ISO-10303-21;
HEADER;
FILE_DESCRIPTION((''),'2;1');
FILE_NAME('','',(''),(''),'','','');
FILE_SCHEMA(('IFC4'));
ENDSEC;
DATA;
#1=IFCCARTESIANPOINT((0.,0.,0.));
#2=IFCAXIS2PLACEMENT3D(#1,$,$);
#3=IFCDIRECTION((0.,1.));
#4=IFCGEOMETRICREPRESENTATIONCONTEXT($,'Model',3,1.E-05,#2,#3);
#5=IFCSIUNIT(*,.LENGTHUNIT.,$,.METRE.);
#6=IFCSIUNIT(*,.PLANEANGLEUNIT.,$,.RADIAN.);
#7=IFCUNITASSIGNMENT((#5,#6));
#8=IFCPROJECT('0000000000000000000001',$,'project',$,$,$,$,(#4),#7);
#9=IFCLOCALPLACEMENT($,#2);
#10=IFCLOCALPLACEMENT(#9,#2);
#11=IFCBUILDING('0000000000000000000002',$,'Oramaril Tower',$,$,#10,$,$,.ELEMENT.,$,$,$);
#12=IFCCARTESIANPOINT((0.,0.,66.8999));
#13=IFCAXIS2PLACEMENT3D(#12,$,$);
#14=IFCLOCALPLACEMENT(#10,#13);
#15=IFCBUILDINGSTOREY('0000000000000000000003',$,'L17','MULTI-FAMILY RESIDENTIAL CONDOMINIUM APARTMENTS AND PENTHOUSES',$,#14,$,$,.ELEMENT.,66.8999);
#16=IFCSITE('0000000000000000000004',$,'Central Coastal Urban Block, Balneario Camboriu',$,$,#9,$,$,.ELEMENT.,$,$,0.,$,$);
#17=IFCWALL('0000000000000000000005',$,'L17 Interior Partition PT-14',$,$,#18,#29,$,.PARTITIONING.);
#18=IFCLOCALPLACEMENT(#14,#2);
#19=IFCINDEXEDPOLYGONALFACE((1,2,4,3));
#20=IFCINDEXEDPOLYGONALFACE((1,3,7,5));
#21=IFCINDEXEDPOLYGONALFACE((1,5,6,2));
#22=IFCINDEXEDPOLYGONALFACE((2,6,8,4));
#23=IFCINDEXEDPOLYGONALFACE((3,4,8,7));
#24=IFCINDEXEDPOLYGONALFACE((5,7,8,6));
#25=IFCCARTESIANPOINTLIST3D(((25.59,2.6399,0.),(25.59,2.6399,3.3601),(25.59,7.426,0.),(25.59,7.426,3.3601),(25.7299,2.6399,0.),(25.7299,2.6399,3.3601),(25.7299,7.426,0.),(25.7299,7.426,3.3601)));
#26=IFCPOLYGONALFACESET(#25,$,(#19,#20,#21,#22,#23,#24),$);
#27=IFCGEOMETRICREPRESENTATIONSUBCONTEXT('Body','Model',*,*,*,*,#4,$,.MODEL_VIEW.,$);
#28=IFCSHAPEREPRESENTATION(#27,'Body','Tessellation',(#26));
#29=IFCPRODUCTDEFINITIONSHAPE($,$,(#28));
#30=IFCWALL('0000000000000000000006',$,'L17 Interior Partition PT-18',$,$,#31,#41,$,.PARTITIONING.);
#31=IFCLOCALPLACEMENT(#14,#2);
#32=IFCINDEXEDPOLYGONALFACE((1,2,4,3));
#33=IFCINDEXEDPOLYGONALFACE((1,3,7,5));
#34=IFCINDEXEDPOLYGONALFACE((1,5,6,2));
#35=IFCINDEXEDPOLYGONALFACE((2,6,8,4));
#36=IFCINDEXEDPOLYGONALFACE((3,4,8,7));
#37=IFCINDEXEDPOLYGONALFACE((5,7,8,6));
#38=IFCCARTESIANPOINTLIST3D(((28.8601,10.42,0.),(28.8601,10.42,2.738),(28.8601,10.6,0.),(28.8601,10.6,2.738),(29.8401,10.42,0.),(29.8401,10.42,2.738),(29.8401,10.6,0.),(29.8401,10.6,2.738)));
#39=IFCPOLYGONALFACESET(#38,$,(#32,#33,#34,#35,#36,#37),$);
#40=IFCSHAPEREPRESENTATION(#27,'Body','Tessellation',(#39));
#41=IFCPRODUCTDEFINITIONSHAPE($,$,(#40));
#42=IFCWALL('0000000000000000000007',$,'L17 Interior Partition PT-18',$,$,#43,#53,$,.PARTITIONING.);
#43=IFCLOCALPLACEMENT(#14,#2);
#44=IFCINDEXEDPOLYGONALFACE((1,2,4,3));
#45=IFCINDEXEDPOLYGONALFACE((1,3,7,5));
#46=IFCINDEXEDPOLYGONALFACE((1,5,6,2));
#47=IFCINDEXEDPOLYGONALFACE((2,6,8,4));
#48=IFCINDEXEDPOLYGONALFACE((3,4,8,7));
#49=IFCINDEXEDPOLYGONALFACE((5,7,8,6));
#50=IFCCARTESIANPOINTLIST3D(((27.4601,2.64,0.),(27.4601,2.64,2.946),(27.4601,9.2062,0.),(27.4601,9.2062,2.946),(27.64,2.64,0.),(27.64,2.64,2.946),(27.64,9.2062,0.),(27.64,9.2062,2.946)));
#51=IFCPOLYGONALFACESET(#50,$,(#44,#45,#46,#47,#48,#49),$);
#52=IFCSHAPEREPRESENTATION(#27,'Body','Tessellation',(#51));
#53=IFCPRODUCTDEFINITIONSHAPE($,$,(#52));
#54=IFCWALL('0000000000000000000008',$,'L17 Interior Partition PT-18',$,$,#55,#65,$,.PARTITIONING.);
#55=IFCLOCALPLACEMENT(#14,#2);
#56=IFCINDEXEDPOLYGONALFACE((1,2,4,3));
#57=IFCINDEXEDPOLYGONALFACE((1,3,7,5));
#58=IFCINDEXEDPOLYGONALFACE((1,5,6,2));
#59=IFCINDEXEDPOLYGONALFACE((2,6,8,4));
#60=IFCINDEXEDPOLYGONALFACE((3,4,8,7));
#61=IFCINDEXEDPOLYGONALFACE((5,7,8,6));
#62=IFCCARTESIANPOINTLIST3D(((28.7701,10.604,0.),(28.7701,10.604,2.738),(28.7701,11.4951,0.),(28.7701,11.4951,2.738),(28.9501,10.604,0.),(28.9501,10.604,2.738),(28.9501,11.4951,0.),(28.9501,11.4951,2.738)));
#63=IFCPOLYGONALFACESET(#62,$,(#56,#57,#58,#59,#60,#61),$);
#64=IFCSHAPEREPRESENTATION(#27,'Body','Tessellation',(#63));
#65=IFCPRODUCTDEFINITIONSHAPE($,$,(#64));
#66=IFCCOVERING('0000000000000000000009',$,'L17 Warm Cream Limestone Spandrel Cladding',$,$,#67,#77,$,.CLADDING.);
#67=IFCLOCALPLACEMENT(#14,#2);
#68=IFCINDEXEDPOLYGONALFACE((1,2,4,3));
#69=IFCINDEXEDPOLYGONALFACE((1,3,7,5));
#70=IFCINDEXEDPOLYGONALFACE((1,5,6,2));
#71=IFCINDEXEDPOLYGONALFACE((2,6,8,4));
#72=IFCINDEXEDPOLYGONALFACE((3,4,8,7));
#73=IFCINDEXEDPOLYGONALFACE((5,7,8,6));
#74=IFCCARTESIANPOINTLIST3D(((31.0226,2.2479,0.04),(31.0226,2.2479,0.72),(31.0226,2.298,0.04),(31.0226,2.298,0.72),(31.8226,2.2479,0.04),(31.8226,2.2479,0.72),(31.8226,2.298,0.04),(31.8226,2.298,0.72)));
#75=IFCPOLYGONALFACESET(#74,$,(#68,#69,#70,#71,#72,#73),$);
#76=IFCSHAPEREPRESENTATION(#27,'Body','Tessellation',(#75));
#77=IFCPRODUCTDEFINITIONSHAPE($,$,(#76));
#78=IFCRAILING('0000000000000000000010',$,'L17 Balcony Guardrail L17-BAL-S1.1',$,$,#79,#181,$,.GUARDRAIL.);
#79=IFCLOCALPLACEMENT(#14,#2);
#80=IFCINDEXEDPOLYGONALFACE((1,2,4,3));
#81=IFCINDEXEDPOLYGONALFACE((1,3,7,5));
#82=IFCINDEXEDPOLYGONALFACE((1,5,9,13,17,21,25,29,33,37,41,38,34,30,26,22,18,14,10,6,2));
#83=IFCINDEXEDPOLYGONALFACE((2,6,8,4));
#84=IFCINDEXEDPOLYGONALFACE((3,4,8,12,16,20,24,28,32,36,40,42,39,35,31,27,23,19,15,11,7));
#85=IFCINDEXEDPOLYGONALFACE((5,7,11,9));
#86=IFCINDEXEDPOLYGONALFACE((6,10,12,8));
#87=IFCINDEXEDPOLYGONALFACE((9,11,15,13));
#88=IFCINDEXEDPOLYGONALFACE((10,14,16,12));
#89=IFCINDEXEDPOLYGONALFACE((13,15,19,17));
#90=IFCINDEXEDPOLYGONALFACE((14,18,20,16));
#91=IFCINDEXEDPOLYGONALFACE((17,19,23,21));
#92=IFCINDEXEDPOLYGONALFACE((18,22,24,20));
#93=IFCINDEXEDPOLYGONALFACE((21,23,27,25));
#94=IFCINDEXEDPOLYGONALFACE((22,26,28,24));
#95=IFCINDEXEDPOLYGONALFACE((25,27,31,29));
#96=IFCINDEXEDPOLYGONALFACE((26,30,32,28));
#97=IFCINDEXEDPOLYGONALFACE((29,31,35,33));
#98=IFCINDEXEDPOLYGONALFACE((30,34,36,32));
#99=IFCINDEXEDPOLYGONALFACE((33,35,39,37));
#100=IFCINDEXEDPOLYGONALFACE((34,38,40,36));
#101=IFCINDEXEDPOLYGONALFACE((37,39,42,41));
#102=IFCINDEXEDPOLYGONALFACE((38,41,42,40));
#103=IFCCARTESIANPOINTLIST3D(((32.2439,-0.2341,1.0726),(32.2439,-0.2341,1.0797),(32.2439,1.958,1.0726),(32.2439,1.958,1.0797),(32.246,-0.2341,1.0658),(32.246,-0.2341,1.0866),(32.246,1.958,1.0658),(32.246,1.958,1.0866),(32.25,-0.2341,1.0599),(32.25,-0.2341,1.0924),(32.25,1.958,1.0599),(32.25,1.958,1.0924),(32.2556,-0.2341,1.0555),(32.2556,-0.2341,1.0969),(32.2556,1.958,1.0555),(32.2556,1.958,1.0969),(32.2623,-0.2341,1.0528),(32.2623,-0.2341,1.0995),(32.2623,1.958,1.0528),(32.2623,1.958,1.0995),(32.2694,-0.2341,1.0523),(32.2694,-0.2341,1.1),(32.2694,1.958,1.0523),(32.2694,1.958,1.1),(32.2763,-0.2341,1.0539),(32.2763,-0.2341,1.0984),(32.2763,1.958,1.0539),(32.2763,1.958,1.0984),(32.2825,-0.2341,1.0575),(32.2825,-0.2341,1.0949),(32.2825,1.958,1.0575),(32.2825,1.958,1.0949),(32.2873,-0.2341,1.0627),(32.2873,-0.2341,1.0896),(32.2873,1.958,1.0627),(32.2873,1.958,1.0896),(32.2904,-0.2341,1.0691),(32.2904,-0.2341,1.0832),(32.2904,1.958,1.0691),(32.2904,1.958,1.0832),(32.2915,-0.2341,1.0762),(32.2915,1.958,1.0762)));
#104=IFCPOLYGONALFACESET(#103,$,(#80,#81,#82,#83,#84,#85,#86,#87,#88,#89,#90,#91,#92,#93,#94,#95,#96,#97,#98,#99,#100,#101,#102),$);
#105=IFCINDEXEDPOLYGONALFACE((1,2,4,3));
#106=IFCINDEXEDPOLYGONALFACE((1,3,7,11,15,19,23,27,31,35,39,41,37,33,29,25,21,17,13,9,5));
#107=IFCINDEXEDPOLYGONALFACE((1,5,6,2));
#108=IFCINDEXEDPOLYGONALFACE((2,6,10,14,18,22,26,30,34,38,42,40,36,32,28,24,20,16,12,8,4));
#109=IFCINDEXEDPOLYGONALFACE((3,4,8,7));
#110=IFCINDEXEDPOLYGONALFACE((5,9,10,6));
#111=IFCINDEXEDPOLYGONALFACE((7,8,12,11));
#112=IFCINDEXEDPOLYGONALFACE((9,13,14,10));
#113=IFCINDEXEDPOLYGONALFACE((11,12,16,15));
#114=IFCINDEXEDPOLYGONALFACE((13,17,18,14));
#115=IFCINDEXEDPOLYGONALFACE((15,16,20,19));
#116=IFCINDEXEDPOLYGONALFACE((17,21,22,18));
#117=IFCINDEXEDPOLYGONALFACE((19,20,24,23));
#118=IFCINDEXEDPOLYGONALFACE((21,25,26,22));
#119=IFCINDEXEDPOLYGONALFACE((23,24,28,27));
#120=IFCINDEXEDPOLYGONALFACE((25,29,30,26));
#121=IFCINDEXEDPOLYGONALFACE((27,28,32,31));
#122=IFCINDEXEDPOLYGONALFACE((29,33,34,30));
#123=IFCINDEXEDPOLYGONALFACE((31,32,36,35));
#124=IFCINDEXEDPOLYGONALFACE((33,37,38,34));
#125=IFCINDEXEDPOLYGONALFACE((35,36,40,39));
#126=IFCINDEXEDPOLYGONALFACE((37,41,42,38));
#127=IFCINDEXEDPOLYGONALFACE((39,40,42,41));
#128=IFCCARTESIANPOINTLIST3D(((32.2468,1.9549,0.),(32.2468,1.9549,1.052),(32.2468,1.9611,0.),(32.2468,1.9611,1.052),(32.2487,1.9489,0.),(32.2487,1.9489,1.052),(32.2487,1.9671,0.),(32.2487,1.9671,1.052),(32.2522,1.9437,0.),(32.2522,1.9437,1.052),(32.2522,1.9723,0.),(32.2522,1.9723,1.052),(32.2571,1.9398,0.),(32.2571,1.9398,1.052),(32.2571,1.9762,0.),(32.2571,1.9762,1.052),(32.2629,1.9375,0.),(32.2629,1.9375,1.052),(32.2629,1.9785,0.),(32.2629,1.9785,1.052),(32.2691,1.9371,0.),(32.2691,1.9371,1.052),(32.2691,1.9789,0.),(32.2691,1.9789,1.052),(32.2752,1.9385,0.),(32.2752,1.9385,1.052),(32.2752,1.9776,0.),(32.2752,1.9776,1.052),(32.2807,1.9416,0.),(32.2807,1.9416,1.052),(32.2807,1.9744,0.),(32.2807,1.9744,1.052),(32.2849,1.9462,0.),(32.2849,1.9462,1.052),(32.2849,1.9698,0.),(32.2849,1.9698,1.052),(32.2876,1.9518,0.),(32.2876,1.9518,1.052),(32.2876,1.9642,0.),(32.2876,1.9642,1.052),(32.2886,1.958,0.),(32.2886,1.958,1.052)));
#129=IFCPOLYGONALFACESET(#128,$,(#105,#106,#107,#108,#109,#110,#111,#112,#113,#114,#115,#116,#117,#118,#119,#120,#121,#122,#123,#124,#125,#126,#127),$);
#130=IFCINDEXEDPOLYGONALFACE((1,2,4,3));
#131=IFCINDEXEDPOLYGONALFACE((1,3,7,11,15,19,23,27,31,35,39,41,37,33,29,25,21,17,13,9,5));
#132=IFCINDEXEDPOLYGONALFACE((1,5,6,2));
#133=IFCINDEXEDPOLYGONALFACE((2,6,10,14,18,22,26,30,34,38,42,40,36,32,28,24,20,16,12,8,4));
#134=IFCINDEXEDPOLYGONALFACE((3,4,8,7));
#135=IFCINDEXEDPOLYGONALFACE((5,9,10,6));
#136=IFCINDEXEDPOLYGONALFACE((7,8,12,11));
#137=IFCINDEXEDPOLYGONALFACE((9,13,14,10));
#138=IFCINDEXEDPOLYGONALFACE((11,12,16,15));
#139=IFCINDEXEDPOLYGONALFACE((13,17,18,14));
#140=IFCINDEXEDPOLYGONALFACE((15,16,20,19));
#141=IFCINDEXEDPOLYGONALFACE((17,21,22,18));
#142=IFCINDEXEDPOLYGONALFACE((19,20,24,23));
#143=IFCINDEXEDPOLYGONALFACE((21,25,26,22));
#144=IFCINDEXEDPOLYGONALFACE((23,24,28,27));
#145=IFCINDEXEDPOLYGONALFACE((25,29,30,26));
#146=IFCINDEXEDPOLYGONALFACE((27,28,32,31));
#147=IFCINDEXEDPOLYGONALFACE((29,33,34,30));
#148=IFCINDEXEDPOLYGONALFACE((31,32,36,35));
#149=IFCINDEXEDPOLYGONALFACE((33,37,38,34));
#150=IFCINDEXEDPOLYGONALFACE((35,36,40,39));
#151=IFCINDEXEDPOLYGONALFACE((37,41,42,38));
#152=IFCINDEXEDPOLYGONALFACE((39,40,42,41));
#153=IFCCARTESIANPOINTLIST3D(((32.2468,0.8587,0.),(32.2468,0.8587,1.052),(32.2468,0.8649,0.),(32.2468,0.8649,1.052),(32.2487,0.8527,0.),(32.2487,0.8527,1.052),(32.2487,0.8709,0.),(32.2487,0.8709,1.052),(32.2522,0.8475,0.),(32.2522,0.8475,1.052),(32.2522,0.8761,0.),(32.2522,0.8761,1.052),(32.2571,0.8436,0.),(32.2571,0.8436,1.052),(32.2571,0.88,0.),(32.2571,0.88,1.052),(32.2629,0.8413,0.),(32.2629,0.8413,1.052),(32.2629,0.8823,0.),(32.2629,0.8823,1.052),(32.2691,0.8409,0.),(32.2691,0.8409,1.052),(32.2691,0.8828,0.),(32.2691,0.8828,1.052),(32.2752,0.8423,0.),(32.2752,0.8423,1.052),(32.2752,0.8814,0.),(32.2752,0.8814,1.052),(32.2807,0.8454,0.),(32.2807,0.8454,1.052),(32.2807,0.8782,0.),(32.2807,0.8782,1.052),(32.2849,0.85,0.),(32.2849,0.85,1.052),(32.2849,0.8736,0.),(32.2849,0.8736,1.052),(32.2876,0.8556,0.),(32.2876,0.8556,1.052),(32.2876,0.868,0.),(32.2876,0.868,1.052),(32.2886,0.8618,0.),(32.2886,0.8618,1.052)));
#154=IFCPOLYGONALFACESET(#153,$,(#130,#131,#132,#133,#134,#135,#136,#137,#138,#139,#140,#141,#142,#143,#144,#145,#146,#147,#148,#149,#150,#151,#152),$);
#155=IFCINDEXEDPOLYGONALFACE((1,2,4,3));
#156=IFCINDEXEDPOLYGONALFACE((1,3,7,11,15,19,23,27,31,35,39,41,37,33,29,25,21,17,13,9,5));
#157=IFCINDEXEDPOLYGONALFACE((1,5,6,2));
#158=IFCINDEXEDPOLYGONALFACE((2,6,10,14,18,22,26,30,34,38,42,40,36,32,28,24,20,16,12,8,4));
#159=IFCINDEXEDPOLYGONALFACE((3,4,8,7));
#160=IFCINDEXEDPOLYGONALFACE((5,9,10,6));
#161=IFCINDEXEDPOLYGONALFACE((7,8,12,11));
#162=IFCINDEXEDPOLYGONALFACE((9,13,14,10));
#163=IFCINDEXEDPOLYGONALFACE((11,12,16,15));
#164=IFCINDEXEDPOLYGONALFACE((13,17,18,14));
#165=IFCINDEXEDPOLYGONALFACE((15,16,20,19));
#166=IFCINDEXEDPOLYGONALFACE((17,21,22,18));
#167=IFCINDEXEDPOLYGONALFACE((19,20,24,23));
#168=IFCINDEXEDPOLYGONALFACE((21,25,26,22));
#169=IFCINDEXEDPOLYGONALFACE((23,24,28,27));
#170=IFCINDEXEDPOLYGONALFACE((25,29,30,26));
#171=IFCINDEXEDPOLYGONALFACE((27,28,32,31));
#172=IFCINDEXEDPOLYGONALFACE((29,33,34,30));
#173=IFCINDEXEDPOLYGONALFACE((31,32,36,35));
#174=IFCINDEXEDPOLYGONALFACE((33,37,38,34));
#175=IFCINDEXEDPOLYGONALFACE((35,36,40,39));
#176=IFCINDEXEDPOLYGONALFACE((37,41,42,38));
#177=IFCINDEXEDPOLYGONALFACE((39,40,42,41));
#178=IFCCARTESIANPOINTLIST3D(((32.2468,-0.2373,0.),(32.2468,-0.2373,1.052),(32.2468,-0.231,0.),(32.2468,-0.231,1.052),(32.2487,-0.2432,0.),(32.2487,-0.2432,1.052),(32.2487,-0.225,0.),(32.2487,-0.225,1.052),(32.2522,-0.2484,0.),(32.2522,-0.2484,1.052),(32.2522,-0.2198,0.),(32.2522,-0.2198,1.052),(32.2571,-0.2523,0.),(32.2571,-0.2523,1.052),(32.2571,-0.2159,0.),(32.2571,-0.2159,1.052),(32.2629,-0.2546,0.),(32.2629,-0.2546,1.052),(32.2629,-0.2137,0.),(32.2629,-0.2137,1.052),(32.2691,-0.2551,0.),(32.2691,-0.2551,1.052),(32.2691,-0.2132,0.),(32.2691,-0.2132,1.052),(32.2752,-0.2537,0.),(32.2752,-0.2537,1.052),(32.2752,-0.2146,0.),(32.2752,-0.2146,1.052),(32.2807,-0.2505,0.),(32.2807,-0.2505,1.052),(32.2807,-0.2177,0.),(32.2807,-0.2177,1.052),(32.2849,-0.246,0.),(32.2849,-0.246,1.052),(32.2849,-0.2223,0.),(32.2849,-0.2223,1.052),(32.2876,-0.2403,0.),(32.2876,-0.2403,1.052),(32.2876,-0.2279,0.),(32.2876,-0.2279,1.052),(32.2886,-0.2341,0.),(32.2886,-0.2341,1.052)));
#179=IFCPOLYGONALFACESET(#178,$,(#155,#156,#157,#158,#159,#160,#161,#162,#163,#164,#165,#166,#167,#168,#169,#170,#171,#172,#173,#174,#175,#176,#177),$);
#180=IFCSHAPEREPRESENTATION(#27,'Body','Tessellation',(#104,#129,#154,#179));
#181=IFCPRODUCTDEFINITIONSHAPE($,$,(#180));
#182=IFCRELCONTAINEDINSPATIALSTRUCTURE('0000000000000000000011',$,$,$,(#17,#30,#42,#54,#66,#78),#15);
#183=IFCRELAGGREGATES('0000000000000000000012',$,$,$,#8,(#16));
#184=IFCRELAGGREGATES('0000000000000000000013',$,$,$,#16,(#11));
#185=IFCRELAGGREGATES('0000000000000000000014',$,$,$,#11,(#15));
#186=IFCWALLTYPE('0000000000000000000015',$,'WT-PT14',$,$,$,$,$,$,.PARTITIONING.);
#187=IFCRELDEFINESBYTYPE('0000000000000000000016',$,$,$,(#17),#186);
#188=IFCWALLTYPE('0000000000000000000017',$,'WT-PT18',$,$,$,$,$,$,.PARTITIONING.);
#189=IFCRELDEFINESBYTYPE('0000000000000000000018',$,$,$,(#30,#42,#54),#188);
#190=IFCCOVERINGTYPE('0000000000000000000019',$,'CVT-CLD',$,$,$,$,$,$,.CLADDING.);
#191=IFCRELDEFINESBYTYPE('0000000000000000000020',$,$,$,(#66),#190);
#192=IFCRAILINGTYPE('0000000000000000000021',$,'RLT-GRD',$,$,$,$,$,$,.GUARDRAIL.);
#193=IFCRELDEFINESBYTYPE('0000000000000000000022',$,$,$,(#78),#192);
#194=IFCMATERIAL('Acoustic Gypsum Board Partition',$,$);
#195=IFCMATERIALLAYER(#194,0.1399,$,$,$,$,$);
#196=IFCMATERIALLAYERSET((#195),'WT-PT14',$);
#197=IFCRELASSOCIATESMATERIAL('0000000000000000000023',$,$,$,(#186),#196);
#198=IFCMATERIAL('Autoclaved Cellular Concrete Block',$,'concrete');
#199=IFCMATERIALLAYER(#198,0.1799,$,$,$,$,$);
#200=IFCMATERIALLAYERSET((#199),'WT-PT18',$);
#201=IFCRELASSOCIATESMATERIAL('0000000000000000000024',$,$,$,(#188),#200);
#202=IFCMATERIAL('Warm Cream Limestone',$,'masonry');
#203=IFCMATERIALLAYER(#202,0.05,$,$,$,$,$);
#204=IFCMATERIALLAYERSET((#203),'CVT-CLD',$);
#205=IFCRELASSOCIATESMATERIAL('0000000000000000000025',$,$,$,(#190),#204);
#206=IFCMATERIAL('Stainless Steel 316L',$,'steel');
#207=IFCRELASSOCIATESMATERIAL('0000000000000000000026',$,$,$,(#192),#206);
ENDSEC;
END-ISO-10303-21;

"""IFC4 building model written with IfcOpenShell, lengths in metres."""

from ifc_helpers import new_model, si_unit, direction, frame, frame_2d, origin, origin_2d, place, context, subcontext, project, spatial, rectangle, circle, extrude, material, layer, layer_set, type_object, element, save


model = new_model("IFC4")

# Units and contexts
model_context = context("Model", 3, precision=1e-05, world=origin(), true_north=direction((0.0, 1.0)))
body_context = subcontext(model_context, "Body", "Model", "MODEL_VIEW")
ifc_project = project(units=[si_unit("LENGTHUNIT", "METRE"), si_unit("PLANEANGLEUNIT", "RADIAN")], contexts=[model_context])

# Site, building, storey
site_placement = place(None, origin())
site = spatial("IfcSite", under=ifc_project, at=site_placement, Name="Central Coastal Urban Block, Balneario Camboriu", CompositionType="ELEMENT", RefElevation=0.0)
building_placement = place(site_placement, origin())
building = spatial("IfcBuilding", under=site, at=building_placement, Name="Oramaril Tower", CompositionType="ELEMENT")
storey_placement = place(building_placement, frame((0.0, 0.0, 66.8999)))
storey = spatial("IfcBuildingStorey", under=building, at=storey_placement, Name="L17", Description="MULTI-FAMILY RESIDENTIAL CONDOMINIUM APARTMENTS AND PENTHOUSES", CompositionType="ELEMENT", Elevation=66.8999)

# Walls
ifc_material_1 = material(Name="Acoustic Gypsum Board Partition")
ifc_layer_1 = layer(ifc_material_1, 0.1399)
ifc_layer_set_1 = layer_set([ifc_layer_1], Name="WT-PT14")
wall_type_1 = type_object("IfcWallType", Name="WT-PT14", PredefinedType="PARTITIONING", material=ifc_layer_set_1)
wall_1_placement = place(storey_placement, frame((25.6599, 2.6399, 0.0), z_axis=(0.0, 0.0, 1.0), x_axis=(0.0, 1.0, 0.0)))
element("IfcWall", 1, at=wall_1_placement, inside=storey, type_object=wall_type_1, Name="L17 Interior Partition PT-14", PredefinedType="PARTITIONING", context=body_context, shape_type="SweptSolid", body=[
    extrude(rectangle(XDim=4.7861, YDim=0.1399, at=frame_2d((2.3931, 0.0))), origin(), (0.0, 0.0, 1.0), 3.3601),
])
ifc_material_2 = material(Name="Autoclaved Cellular Concrete Block", Category="concrete")
ifc_layer_2 = layer(ifc_material_2, 0.1799)
ifc_layer_set_2 = layer_set([ifc_layer_2], Name="WT-PT18")
wall_type_2 = type_object("IfcWallType", Name="WT-PT18", PredefinedType="PARTITIONING", material=ifc_layer_set_2)
wall_2_placement = place(storey_placement, frame((28.8601, 10.51, 0.0), z_axis=(0.0, 0.0, 1.0), x_axis=(1.0, 0.0, 0.0)))
element("IfcWall", 2, at=wall_2_placement, inside=storey, type_object=wall_type_2, Name="L17 Interior Partition PT-18", PredefinedType="PARTITIONING", context=body_context, shape_type="SweptSolid", body=[
    extrude(rectangle(XDim=0.98, YDim=0.1799, at=frame_2d((0.49, 0.0))), origin(), (0.0, 0.0, 1.0), 2.738),
])
wall_3_placement = place(storey_placement, frame((27.55, 2.6399, 0.0), z_axis=(0.0, 0.0, 1.0), x_axis=(0.0, 1.0, 0.0)))
element("IfcWall", 3, at=wall_3_placement, inside=storey, type_object=wall_type_2, Name="L17 Interior Partition PT-18", PredefinedType="PARTITIONING", context=body_context, shape_type="SweptSolid", body=[
    extrude(rectangle(XDim=6.5662, YDim=0.1799, at=frame_2d((3.2832, 0.0))), origin(), (0.0, 0.0, 1.0), 2.946),
])
wall_4_placement = place(storey_placement, frame((28.8601, 10.604, 0.0), z_axis=(0.0, 0.0, 1.0), x_axis=(0.0, 1.0, 0.0)))
element("IfcWall", 4, at=wall_4_placement, inside=storey, type_object=wall_type_2, Name="L17 Interior Partition PT-18", PredefinedType="PARTITIONING", context=body_context, shape_type="SweptSolid", body=[
    extrude(rectangle(XDim=0.8911, YDim=0.1799, at=frame_2d((0.4456, 0.0))), origin(), (0.0, 0.0, 1.0), 2.738),
])

# Covering
ifc_material_3 = material(Name="Warm Cream Limestone", Category="masonry")
ifc_layer_3 = layer(ifc_material_3, 0.05)
ifc_layer_set_3 = layer_set([ifc_layer_3], Name="CVT-CLD")
covering_type = type_object("IfcCoveringType", Name="CVT-CLD", PredefinedType="CLADDING", material=ifc_layer_set_3)
covering_placement = place(storey_placement, frame((31.4226, 2.2729, 0.04), z_axis=(0.0, 0.0, 1.0), x_axis=(1.0, 0.0, 0.0)))
element("IfcCovering", 5, at=covering_placement, inside=storey, type_object=covering_type, Name="L17 Warm Cream Limestone Spandrel Cladding", PredefinedType="CLADDING", context=body_context, shape_type="SweptSolid", body=[
    extrude(rectangle(XDim=0.8, YDim=0.05, at=origin_2d()), origin(), (0.0, 0.0, 1.0), 0.6799),
])

# Railing
ifc_material_4 = material(Name="Stainless Steel 316L", Category="steel")
railing_type = type_object("IfcRailingType", Name="RLT-GRD", PredefinedType="GUARDRAIL", material=ifc_material_4)
railing_1_placement = place(storey_placement, frame((32.2676, 1.958, 0.0)))
element("IfcRailing", 6, at=railing_1_placement, inside=storey, type_object=railing_type, Name="L17 Balcony Guardrail L17-BAL-S1.1", PredefinedType="GUARDRAIL", context=body_context, shape_type="SweptSolid", body=[
    extrude(circle(Radius=0.0239, at=origin_2d()), frame((0.0, 0.0, 1.0762), z_axis=(0.0, -1.0, 0.0), x_axis=(1.0, 0.0, 0.0)), (0.0, 0.0, 1.0), 2.1921),
    extrude(circle(Radius=0.021, at=origin_2d()), origin(), (0.0, 0.0, 1.0), 1.052),
    extrude(circle(Radius=0.021, at=origin_2d()), frame((0.0, -1.0962, 0.0)), (0.0, 0.0, 1.0), 1.052),
    extrude(circle(Radius=0.021, at=origin_2d()), frame((0.0, -2.1921, 0.0)), (0.0, 0.0, 1.0), 1.052),
])

save(model, "model.ifc")
